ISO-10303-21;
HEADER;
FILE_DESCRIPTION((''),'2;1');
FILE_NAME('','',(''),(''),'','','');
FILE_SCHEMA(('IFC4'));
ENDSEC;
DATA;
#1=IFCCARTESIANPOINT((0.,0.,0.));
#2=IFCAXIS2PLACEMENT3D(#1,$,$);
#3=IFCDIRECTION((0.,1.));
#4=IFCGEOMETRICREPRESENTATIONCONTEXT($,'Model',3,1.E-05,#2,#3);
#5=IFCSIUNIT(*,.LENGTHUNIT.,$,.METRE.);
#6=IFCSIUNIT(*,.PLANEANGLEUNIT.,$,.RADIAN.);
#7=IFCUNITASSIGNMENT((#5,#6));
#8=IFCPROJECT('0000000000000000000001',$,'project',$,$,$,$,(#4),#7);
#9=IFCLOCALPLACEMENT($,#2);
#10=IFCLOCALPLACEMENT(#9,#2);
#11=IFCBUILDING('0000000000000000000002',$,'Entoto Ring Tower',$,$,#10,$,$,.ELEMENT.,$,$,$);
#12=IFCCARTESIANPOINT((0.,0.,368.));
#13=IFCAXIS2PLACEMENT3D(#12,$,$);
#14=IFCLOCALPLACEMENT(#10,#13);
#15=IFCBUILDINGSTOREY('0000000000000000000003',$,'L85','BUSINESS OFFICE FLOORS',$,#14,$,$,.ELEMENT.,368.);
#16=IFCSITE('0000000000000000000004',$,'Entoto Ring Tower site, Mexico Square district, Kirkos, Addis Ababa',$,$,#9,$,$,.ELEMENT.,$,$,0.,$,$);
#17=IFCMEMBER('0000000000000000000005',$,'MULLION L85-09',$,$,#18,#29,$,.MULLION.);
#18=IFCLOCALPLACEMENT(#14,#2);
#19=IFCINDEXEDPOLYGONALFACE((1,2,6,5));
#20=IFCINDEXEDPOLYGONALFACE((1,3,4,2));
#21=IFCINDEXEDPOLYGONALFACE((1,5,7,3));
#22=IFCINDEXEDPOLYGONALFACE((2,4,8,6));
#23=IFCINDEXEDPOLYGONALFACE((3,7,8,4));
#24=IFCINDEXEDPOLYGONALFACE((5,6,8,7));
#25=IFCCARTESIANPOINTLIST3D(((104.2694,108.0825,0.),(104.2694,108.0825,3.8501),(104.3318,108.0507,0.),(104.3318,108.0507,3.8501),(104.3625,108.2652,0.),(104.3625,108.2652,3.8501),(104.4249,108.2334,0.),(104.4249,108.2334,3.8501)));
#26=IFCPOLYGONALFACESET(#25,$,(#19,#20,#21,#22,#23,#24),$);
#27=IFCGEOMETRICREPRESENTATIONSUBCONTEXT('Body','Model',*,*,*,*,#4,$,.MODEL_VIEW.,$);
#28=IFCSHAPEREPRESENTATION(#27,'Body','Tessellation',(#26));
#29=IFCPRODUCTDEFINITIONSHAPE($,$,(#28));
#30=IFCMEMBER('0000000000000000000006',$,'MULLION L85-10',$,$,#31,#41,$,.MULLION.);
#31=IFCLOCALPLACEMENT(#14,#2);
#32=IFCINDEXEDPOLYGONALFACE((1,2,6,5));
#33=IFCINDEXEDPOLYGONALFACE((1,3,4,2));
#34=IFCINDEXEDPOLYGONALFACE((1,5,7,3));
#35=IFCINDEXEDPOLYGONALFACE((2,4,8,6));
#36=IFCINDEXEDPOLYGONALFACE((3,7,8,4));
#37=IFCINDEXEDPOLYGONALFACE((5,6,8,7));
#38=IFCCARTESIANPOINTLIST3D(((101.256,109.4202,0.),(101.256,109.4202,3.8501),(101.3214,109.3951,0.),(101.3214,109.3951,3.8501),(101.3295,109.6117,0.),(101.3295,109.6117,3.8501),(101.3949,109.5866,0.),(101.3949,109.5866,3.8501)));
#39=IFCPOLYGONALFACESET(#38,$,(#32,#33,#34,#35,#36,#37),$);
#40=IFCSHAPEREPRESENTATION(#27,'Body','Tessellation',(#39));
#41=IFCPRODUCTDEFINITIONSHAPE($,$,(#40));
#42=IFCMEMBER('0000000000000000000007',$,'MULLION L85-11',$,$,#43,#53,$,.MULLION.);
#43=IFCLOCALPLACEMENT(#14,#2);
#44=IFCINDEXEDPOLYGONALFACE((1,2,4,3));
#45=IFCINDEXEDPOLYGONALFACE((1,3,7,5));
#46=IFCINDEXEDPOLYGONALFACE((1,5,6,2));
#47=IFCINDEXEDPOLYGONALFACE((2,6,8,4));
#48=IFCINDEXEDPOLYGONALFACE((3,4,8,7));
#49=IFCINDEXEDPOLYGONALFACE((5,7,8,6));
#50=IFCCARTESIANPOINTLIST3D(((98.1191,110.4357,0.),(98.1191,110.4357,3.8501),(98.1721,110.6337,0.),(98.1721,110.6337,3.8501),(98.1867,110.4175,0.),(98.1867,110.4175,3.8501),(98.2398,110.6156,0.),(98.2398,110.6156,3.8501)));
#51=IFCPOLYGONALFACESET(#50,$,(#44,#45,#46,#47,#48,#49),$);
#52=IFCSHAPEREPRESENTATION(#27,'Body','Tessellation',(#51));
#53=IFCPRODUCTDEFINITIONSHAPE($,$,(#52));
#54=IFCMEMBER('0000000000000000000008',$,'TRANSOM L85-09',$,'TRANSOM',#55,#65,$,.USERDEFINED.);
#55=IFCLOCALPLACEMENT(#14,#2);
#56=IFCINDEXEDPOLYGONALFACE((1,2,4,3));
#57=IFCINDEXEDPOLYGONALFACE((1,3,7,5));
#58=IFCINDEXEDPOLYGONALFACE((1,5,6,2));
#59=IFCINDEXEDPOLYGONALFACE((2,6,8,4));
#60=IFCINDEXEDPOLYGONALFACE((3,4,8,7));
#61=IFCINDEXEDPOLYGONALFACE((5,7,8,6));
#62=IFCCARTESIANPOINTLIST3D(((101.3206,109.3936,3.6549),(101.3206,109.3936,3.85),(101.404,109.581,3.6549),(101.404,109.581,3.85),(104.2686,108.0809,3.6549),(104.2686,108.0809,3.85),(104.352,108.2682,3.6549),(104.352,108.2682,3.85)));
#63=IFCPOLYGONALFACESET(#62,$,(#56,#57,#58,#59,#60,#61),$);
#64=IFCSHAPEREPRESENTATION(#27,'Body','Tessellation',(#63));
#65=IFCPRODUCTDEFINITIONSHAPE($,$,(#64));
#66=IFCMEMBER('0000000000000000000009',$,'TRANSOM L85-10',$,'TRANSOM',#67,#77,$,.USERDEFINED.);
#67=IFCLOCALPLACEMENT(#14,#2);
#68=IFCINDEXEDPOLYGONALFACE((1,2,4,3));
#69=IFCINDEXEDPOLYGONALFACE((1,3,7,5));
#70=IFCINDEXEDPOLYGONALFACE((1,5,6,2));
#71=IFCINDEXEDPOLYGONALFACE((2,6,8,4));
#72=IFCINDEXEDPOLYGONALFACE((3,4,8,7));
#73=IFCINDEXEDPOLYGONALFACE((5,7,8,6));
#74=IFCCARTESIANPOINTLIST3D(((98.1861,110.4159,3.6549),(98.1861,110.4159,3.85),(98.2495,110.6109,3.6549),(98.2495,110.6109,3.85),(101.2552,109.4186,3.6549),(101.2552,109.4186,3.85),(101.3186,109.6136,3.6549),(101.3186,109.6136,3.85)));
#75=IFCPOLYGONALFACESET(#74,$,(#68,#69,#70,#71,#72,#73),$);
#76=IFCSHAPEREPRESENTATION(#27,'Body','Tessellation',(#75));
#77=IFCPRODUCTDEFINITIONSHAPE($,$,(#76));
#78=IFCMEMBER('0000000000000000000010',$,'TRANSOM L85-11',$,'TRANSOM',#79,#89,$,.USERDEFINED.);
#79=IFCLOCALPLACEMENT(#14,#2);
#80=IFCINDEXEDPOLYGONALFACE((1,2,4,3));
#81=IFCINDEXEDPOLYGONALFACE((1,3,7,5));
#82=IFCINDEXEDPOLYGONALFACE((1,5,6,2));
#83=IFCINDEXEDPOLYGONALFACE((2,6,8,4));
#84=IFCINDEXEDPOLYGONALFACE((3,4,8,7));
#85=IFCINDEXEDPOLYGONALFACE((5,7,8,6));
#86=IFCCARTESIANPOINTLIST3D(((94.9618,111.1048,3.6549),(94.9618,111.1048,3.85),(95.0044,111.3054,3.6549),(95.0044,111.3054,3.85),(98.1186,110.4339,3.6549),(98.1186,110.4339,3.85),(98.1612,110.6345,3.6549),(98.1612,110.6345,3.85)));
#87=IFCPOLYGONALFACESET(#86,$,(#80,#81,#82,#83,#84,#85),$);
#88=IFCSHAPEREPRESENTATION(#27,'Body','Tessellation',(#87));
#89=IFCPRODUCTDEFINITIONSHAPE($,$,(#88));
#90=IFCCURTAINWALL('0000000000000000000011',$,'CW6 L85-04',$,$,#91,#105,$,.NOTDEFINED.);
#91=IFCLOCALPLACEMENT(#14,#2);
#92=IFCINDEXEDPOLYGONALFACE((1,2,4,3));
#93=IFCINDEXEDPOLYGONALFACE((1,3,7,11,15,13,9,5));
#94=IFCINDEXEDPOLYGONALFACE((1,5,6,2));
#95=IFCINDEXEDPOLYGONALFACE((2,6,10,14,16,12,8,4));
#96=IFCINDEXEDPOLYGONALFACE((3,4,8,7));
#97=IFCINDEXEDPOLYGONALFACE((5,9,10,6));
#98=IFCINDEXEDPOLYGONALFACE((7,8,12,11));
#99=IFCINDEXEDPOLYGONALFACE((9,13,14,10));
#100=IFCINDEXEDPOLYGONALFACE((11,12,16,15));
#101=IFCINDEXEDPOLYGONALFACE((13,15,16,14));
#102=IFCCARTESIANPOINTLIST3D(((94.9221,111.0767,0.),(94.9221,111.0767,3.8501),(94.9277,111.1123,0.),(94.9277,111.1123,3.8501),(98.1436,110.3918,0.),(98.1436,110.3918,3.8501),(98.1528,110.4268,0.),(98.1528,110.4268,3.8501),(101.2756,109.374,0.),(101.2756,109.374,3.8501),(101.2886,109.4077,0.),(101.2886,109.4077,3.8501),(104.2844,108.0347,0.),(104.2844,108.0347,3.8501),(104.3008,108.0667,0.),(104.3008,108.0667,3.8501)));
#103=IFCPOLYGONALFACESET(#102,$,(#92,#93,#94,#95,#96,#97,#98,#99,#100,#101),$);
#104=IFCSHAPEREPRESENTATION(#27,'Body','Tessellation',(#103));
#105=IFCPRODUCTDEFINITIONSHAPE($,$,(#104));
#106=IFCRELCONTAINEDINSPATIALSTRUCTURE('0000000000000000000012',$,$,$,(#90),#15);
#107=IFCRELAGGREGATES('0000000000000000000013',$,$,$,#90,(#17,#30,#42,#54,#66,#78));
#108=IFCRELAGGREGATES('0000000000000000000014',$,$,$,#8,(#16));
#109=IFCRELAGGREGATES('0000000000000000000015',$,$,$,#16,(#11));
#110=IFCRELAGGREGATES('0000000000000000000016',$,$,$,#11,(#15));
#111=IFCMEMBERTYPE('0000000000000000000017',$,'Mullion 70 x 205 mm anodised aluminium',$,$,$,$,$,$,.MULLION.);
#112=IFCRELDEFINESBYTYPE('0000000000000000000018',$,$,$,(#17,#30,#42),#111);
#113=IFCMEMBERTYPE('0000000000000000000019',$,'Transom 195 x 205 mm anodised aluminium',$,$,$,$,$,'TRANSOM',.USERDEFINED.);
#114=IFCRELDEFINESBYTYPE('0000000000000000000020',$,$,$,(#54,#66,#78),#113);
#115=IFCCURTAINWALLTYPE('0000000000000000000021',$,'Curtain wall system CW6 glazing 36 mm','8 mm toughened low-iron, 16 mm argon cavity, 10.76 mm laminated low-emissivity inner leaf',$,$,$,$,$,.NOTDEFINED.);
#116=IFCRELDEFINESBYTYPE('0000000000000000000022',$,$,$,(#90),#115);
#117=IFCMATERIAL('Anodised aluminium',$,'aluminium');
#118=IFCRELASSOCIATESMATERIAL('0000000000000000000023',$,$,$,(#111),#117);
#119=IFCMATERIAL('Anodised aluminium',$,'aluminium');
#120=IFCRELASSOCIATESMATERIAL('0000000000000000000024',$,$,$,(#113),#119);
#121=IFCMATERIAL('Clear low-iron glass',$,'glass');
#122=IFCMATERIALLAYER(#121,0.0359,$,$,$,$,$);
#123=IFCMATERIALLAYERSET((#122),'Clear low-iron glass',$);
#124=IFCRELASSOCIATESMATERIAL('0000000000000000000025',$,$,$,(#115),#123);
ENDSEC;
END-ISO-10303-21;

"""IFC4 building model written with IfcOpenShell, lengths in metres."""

from ifc_helpers import new_model, si_unit, direction, frame, origin, origin_2d, place, context, subcontext, project, spatial, polyline, rectangle, outline, extrude, material, layer, layer_set, material_profile, profile_set, type_object, element, aggregate, save


model = new_model("IFC4")

# Units and contexts
model_context = context("Model", 3, precision=1e-05, world=origin(), true_north=direction((0.0, 1.0)))
body_context = subcontext(model_context, "Body", "Model", "MODEL_VIEW")
ifc_project = project(units=[si_unit("LENGTHUNIT", "METRE"), si_unit("PLANEANGLEUNIT", "RADIAN")], contexts=[model_context])

# Members
ifc_material_1 = material(Name="Anodised aluminium", Category="aluminium")
ifc_material_profile_1 = material_profile(ifc_material_1, rectangle(XDim=0.0701, YDim=0.2051, at=origin_2d()), Name="Mullion 70 x 205 mm anodised aluminium")
ifc_profile_set_1 = profile_set([ifc_material_profile_1], Name="Anodised aluminium")
member_type_1 = type_object("IfcMemberType", Name="Mullion 70 x 205 mm anodised aluminium", PredefinedType="MULLION", material=ifc_profile_set_1)
site_placement = place(None, origin())
building_placement = place(site_placement, origin())
storey_placement = place(building_placement, frame((0.0, 0.0, 368.0)))
member_1_placement = place(storey_placement, frame((104.3472, 108.158, 0.0), z_axis=(0.0, 0.0, 1.0), x_axis=(-0.891007, 0.45399, 0.0)))
member_1 = element("IfcMember", 1, at=member_1_placement, type_object=member_type_1, Name="MULLION L85-09", PredefinedType="MULLION", context=body_context, shape_type="SweptSolid", body=[
    extrude(rectangle(XDim=0.0701, YDim=0.2051, at=origin_2d()), origin(), (0.0, 0.0, 1.0), 3.8501),
])
member_2_placement = place(storey_placement, frame((101.3254, 109.5034, 0.0), z_axis=(0.0, 0.0, 1.0), x_axis=(-0.93358, 0.358368, 0.0)))
member_2 = element("IfcMember", 2, at=member_2_placement, type_object=member_type_1, Name="MULLION L85-10", PredefinedType="MULLION", context=body_context, shape_type="SweptSolid", body=[
    extrude(rectangle(XDim=0.0701, YDim=0.2051, at=origin_2d()), origin(), (0.0, 0.0, 1.0), 3.8501),
])
member_3_placement = place(storey_placement, frame((98.1794, 110.5256, 0.0), z_axis=(0.0, 0.0, 1.0), x_axis=(-0.965926, 0.258819, 0.0)))
member_3 = element("IfcMember", 3, at=member_3_placement, type_object=member_type_1, Name="MULLION L85-11", PredefinedType="MULLION", context=body_context, shape_type="SweptSolid", body=[
    extrude(rectangle(XDim=0.0701, YDim=0.2051, at=origin_2d()), origin(), (0.0, 0.0, 1.0), 3.8501),
])
ifc_material_2 = material(Name="Anodised aluminium", Category="aluminium")
ifc_material_profile_2 = material_profile(ifc_material_2, rectangle(XDim=0.2051, YDim=0.1951, at=origin_2d()), Name="Transom 195 x 205 mm anodised aluminium")
ifc_profile_set_2 = profile_set([ifc_material_profile_2], Name="Anodised aluminium")
member_type_2 = type_object("IfcMemberType", Name="Transom 195 x 205 mm anodised aluminium", ElementType="TRANSOM", PredefinedType="USERDEFINED", material=ifc_profile_set_2)
member_4_placement = place(storey_placement, frame((104.3103, 108.1746, 3.7524), z_axis=(-0.913521, 0.406791, 0.0), x_axis=(-0.406791, -0.913521, 0.0)))
member_4 = element("IfcMember", 4, at=member_4_placement, type_object=member_type_2, Name="TRANSOM L85-09", ObjectType="TRANSOM", PredefinedType="USERDEFINED", context=body_context, shape_type="SweptSolid", body=[
    extrude(rectangle(XDim=0.2051, YDim=0.1951, at=origin_2d()), origin(), (0.0, 0.0, 1.0), 3.2271),
])
member_5_placement = place(storey_placement, frame((101.2869, 109.5161, 3.7524), z_axis=(-0.951047, 0.309047, 0.0), x_axis=(-0.309047, -0.951047, 0.0)))
member_5 = element("IfcMember", 5, at=member_5_placement, type_object=member_type_2, Name="TRANSOM L85-10", ObjectType="TRANSOM", PredefinedType="USERDEFINED", context=body_context, shape_type="SweptSolid", body=[
    extrude(rectangle(XDim=0.2051, YDim=0.1951, at=origin_2d()), origin(), (0.0, 0.0, 1.0), 3.2271),
])
member_6_placement = place(storey_placement, frame((98.1399, 110.5342, 3.7524), z_axis=(-0.978153, 0.207886, 0.0), x_axis=(-0.207886, -0.978153, 0.0)))
member_6 = element("IfcMember", 6, at=member_6_placement, type_object=member_type_2, Name="TRANSOM L85-11", ObjectType="TRANSOM", PredefinedType="USERDEFINED", context=body_context, shape_type="SweptSolid", body=[
    extrude(rectangle(XDim=0.2051, YDim=0.1951, at=origin_2d()), origin(), (0.0, 0.0, 1.0), 3.2273),
])

# Site, building, storey
site = spatial("IfcSite", under=ifc_project, at=site_placement, Name="Entoto Ring Tower site, Mexico Square district, Kirkos, Addis Ababa", CompositionType="ELEMENT", RefElevation=0.0)
building = spatial("IfcBuilding", under=site, at=building_placement, Name="Entoto Ring Tower", CompositionType="ELEMENT")
storey = spatial("IfcBuildingStorey", under=building, at=storey_placement, Name="L85", Description="BUSINESS OFFICE FLOORS", CompositionType="ELEMENT", Elevation=368.0)

# Curtain wall
ifc_material_3 = material(Name="Clear low-iron glass", Category="glass")
ifc_layer = layer(ifc_material_3, 0.0359)
ifc_layer_set = layer_set([ifc_layer], Name="Clear low-iron glass")
curtain_wall_type = type_object("IfcCurtainWallType", Name="Curtain wall system CW6 glazing 36 mm", Description="8 mm toughened low-iron, 16 mm argon cavity, 10.76 mm laminated low-emissivity inner leaf", PredefinedType="NOTDEFINED", material=ifc_layer_set)
curtain_wall_1_placement = place(storey_placement, origin())
curtain_wall_1 = element("IfcCurtainWall", 7, at=curtain_wall_1_placement, inside=storey, type_object=curtain_wall_type, Name="CW6 L85-04", PredefinedType="NOTDEFINED", context=body_context, shape_type="SweptSolid", body=[
    extrude(outline(polyline([(104.3008, 108.0667), (101.2886, 109.4077), (98.1528, 110.4268), (94.9277, 111.1123), (94.9221, 111.0767), (98.1436, 110.3918), (101.2756, 109.374), (104.2844, 108.0347), (104.3008, 108.0667)])), origin(), (0.0, 0.0, 1.0), 3.8501),
])
aggregate(curtain_wall_1, [member_1, member_2, member_3, member_4, member_5, member_6])

save(model, "model.ifc")
